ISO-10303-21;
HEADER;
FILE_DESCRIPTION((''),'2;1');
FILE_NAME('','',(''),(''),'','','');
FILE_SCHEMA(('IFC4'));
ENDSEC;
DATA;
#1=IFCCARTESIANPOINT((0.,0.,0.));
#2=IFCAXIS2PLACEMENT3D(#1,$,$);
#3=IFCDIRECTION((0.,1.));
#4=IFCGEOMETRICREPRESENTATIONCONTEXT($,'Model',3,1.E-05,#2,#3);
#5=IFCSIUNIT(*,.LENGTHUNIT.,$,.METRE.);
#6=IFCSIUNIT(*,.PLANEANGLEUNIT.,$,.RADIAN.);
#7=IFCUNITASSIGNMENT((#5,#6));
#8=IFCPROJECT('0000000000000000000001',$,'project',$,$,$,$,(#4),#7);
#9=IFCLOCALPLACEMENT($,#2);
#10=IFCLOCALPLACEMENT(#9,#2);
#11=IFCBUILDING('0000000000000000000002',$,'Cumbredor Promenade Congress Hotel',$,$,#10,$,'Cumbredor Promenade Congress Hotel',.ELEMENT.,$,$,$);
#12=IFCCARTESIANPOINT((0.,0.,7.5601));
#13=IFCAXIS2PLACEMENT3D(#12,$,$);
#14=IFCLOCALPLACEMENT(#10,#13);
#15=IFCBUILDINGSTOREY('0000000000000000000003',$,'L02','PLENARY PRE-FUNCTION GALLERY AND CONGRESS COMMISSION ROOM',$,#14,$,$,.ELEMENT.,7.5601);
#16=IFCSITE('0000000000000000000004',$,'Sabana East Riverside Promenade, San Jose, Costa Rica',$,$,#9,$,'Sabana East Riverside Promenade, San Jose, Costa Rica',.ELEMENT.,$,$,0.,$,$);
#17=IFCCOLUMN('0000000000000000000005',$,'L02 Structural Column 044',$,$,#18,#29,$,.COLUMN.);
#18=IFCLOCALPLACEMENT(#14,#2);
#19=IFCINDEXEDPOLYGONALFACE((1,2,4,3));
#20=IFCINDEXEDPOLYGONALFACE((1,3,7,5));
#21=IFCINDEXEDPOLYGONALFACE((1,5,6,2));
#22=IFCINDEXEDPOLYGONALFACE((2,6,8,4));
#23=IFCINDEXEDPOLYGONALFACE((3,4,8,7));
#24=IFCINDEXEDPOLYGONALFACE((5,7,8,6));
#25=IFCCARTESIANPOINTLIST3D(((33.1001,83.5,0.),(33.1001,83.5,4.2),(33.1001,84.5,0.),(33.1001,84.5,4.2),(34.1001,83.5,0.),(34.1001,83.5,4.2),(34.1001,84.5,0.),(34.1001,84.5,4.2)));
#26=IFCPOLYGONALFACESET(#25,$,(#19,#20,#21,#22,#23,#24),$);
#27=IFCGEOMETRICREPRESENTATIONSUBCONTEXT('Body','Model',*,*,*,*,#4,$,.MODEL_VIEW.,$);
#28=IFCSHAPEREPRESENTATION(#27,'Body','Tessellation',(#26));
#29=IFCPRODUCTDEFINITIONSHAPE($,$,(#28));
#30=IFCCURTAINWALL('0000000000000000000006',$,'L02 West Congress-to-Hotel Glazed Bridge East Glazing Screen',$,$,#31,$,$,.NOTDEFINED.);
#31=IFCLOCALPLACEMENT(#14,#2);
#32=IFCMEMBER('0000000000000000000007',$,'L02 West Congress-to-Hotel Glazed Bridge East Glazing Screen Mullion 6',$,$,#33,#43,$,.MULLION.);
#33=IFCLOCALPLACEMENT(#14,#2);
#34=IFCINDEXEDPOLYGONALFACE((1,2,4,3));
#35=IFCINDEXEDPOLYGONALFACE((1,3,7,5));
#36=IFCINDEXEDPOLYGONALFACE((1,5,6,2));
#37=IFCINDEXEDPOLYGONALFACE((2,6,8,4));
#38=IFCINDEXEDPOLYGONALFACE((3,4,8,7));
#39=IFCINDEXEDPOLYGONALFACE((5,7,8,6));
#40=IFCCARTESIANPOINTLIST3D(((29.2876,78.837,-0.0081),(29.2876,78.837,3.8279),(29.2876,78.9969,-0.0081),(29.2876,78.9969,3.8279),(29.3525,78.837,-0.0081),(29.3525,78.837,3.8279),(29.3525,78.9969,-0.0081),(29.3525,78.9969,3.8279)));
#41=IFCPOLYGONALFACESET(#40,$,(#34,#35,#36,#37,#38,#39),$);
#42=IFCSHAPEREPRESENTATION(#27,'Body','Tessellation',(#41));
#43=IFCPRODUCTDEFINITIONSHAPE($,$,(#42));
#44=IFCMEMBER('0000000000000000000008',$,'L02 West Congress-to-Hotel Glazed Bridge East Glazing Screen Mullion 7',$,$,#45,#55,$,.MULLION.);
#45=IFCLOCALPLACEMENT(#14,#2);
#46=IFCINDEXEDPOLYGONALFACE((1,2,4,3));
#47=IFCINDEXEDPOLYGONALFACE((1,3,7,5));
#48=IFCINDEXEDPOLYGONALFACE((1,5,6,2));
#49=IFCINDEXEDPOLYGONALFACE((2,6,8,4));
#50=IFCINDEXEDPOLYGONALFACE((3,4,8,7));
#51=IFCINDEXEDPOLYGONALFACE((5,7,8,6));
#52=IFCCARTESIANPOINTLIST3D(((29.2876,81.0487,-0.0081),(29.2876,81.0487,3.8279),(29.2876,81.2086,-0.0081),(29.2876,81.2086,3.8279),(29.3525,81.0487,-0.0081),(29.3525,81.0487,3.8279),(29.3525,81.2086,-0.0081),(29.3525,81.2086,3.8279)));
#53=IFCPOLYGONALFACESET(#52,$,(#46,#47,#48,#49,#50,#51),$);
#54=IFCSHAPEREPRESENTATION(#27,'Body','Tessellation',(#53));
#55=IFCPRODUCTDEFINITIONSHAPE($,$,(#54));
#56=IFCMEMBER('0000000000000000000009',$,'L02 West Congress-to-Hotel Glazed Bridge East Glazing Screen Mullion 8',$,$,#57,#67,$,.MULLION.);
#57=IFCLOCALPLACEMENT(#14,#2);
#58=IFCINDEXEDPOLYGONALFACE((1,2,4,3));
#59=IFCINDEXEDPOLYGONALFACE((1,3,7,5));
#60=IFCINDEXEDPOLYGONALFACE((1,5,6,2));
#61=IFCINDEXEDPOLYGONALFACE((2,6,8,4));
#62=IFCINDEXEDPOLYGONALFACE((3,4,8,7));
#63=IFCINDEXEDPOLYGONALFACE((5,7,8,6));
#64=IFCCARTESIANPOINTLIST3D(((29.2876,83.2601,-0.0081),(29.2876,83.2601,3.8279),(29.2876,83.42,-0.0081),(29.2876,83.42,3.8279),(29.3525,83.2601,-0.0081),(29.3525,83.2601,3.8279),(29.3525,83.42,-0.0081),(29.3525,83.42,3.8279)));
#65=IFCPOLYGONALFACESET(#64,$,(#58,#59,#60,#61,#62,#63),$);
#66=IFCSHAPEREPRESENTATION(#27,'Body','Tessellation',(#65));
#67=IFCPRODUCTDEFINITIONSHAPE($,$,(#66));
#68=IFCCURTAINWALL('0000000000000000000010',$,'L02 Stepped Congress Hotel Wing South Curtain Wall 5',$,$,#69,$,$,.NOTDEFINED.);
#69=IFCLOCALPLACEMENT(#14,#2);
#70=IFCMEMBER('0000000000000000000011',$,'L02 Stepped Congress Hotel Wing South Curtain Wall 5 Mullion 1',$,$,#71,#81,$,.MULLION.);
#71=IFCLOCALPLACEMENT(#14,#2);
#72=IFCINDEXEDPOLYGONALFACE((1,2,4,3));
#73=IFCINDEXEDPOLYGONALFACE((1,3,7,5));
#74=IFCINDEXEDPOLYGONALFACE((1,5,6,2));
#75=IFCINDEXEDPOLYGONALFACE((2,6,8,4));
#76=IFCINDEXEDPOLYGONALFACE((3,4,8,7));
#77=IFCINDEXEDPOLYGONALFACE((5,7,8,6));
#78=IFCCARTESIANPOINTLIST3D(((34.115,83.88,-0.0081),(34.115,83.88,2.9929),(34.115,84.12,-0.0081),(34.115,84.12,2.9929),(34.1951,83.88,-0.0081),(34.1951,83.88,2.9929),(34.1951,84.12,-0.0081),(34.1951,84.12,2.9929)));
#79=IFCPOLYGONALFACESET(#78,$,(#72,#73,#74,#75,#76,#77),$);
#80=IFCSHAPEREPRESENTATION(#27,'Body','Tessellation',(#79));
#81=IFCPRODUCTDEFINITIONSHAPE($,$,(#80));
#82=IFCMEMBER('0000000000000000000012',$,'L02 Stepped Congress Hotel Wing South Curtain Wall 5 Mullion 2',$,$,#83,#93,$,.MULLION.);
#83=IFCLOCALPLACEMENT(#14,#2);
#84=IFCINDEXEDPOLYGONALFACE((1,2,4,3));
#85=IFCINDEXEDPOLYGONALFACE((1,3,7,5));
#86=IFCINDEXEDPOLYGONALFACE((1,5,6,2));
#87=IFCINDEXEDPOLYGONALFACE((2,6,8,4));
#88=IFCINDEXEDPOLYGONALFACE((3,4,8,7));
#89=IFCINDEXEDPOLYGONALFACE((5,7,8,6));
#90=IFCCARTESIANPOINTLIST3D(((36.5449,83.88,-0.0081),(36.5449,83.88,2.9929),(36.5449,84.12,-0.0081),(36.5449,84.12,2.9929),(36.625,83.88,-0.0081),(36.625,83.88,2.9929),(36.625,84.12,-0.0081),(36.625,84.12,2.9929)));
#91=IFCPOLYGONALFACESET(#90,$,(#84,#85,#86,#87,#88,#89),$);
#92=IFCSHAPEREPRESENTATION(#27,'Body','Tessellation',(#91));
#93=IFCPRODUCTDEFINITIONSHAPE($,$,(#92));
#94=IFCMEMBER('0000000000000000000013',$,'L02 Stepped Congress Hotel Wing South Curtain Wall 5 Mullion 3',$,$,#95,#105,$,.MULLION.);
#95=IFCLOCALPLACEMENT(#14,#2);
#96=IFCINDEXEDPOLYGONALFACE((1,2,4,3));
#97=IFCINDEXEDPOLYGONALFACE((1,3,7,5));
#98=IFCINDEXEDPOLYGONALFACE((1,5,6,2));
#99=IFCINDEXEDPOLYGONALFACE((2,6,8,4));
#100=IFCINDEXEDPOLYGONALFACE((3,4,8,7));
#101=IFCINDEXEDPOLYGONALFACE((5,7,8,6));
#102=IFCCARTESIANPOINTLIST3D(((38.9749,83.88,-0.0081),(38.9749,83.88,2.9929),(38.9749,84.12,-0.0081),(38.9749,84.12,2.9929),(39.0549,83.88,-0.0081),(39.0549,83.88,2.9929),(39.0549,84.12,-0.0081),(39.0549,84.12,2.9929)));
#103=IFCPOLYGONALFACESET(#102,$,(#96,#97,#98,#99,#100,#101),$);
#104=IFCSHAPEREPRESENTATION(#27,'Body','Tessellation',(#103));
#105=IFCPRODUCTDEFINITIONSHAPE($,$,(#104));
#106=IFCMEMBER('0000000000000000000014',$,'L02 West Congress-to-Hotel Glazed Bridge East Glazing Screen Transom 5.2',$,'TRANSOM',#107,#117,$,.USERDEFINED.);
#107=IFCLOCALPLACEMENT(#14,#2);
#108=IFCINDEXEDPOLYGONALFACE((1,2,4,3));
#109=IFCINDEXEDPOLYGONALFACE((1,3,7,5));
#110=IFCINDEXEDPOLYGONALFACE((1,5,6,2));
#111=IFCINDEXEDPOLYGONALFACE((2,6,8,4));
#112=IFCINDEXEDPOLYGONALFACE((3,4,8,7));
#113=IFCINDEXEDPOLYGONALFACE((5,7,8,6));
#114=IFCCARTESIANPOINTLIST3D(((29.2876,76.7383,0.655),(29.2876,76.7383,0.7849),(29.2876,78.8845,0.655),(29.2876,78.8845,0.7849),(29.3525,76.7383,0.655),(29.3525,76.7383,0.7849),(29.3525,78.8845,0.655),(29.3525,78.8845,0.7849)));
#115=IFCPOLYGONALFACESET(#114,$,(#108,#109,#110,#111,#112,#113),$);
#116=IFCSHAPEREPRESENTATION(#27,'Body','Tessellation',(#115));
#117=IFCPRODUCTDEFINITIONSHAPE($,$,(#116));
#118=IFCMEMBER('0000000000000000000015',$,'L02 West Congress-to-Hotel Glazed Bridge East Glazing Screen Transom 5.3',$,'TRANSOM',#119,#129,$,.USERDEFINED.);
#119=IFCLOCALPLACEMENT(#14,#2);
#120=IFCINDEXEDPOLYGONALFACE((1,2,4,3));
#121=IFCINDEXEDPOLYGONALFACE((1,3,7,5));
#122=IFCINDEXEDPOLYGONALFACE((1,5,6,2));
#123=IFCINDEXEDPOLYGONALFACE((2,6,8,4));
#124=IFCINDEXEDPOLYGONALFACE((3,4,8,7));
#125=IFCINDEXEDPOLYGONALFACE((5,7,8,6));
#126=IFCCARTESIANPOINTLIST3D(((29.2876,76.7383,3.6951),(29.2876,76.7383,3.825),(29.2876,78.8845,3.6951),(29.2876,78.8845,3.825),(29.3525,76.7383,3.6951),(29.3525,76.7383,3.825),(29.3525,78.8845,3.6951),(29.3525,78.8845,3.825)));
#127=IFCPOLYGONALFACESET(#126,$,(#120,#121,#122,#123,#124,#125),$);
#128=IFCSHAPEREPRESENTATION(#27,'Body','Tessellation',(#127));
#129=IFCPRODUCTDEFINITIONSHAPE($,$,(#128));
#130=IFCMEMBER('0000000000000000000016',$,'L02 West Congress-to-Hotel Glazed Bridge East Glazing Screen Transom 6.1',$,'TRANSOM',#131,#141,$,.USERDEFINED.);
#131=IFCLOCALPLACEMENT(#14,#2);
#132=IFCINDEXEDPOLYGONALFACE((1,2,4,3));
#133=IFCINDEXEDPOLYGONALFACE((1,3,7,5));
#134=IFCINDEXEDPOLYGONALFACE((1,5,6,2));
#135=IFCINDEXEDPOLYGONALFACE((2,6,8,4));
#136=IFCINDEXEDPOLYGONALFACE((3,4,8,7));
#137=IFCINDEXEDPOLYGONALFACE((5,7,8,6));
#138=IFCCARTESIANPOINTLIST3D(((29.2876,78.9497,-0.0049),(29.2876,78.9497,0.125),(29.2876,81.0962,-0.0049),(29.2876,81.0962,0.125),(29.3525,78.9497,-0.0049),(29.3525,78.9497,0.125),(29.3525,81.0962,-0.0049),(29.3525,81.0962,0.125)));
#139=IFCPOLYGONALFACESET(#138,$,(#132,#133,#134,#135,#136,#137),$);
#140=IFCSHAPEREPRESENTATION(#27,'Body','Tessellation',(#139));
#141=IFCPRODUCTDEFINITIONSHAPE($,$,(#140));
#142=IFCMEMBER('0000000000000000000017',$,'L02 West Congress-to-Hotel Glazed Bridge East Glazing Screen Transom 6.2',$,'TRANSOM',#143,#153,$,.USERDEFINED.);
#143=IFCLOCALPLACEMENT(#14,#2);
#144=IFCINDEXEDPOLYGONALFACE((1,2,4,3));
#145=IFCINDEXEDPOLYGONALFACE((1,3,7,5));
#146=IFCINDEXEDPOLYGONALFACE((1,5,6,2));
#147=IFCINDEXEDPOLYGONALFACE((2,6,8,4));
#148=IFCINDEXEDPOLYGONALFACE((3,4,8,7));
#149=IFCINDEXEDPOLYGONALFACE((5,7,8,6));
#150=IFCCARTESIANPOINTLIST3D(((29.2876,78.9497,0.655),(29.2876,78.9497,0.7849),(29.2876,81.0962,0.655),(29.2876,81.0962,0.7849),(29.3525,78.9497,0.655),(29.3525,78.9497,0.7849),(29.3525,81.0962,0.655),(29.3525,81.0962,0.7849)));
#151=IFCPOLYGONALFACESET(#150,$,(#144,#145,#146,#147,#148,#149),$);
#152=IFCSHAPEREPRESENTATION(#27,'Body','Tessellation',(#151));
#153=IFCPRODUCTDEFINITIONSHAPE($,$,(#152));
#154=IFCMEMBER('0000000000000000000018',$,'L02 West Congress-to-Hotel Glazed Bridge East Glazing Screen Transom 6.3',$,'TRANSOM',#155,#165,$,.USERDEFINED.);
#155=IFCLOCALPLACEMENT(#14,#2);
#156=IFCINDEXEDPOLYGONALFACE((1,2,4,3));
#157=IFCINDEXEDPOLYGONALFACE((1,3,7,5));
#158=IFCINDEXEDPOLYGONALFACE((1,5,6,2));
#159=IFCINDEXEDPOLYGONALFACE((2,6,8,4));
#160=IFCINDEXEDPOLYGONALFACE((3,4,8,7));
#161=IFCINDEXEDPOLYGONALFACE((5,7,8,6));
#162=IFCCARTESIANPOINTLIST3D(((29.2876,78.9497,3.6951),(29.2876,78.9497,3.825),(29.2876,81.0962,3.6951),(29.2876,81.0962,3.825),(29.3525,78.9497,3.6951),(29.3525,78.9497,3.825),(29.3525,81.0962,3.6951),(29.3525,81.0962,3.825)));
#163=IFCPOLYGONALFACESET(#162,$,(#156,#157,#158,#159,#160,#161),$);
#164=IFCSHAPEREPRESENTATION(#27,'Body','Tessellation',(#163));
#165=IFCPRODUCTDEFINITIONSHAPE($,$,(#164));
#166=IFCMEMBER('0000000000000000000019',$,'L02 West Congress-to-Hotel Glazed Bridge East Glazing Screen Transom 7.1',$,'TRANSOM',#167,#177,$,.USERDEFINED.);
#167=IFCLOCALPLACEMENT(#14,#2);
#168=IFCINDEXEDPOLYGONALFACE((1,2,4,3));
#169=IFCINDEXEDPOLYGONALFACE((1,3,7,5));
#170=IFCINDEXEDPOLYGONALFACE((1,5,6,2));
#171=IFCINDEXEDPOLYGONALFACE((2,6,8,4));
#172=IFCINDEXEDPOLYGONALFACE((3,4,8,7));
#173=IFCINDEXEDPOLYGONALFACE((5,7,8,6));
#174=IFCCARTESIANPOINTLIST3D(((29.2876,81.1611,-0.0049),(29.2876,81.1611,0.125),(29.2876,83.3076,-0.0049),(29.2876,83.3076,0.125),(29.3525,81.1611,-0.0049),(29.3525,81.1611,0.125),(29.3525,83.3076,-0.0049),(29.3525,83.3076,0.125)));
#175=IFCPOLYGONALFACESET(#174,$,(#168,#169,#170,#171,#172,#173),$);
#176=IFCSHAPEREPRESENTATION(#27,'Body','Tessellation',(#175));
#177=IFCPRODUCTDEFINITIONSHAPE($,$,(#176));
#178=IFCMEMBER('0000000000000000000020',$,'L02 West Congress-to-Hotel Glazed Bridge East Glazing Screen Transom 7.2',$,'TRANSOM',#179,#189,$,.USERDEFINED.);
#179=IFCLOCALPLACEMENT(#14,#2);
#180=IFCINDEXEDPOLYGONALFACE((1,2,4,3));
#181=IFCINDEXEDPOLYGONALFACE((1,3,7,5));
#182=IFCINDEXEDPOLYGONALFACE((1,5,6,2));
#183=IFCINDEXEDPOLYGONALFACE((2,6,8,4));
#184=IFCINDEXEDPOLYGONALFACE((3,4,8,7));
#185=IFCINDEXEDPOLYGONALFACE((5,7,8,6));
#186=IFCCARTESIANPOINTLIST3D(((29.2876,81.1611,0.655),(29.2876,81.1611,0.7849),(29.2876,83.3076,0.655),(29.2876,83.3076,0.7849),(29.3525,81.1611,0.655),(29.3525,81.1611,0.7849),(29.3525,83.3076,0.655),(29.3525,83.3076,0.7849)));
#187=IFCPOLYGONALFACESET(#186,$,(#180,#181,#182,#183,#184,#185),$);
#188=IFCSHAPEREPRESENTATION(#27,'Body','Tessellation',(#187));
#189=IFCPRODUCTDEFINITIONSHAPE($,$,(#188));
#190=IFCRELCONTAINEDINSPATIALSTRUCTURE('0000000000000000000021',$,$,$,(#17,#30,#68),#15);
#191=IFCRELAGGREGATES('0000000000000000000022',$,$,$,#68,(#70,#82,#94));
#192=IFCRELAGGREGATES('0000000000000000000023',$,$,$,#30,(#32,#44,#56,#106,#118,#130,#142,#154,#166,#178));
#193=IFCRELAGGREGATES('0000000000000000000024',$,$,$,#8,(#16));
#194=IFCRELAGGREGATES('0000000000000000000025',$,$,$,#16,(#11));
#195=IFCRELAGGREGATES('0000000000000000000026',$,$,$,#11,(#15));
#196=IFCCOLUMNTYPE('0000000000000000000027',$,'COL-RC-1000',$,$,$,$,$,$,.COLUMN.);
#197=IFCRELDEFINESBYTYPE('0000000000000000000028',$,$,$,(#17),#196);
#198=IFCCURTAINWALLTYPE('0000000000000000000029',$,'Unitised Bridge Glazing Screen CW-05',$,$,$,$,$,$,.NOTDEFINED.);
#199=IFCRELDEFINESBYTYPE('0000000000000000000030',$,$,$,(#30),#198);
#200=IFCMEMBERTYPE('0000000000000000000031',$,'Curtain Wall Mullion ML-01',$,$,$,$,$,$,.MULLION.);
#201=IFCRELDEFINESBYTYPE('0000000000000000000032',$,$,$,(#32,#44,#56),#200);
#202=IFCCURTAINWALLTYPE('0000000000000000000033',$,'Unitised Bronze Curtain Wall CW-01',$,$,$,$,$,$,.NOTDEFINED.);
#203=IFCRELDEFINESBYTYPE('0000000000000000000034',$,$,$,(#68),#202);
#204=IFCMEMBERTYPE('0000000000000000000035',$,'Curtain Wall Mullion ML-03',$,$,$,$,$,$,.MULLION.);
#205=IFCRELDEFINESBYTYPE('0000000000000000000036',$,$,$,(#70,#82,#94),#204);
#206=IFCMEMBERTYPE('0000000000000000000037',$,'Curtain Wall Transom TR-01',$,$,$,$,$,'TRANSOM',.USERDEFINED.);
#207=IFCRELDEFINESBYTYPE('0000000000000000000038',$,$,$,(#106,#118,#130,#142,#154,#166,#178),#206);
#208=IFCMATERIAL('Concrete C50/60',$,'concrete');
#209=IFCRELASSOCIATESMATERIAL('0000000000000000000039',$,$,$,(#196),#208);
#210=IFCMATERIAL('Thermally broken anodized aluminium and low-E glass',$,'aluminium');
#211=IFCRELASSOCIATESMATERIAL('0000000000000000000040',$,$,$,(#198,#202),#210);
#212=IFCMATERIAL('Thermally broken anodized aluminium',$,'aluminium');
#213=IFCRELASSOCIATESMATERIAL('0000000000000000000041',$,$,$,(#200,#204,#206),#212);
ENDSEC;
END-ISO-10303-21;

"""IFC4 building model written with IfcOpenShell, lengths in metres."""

from ifc_helpers import new_model, si_unit, direction, frame, origin, origin_2d, place, context, subcontext, project, spatial, rectangle, extrude, material, material_profile, profile_set, type_object, element, aggregate, save


model = new_model("IFC4")

# Units and contexts
model_context = context("Model", 3, precision=1e-05, world=origin(), true_north=direction((0.0, 1.0)))
body_context = subcontext(model_context, "Body", "Model", "MODEL_VIEW")
ifc_project = project(units=[si_unit("LENGTHUNIT", "METRE"), si_unit("PLANEANGLEUNIT", "RADIAN")], contexts=[model_context])

# Site, building, storey
site_placement = place(None, origin())
site = spatial("IfcSite", under=ifc_project, at=site_placement, Name="Sabana East Riverside Promenade, San Jose, Costa Rica", LongName="Sabana East Riverside Promenade, San Jose, Costa Rica", CompositionType="ELEMENT", RefElevation=0.0)
building_placement = place(site_placement, origin())
building = spatial("IfcBuilding", under=site, at=building_placement, Name="Cumbredor Promenade Congress Hotel", LongName="Cumbredor Promenade Congress Hotel", CompositionType="ELEMENT")
storey_placement = place(building_placement, frame((0.0, 0.0, 7.5601)))
storey = spatial("IfcBuildingStorey", under=building, at=storey_placement, Name="L02", Description="PLENARY PRE-FUNCTION GALLERY AND CONGRESS COMMISSION ROOM", CompositionType="ELEMENT", Elevation=7.5601)

# Column
ifc_material_1 = material(Name="Concrete C50/60", Category="concrete")
ifc_material_profile_1 = material_profile(ifc_material_1, rectangle(XDim=1.0, YDim=1.0, at=origin_2d()), Name="RC 1000x1000")
ifc_profile_set_1 = profile_set([ifc_material_profile_1], Name="Concrete C50/60")
column_type = type_object("IfcColumnType", Name="COL-RC-1000", PredefinedType="COLUMN", material=ifc_profile_set_1)
column_placement = place(storey_placement, frame((33.6001, 84.0, 0.0), z_axis=(0.0, 0.0, 1.0), x_axis=(1.0, 0.0, 0.0)))
element("IfcColumn", 1, at=column_placement, inside=storey, type_object=column_type, Name="L02 Structural Column 044", PredefinedType="COLUMN", context=body_context, shape_type="SweptSolid", body=[
    extrude(rectangle(XDim=1.0, YDim=1.0, at=origin_2d()), origin(), (0.0, 0.0, 1.0), 4.2),
])

# Curtain walls, members
ifc_material_2 = material(Name="Thermally broken anodized aluminium and low-E glass", Category="aluminium")
curtain_wall_type_1 = type_object("IfcCurtainWallType", Name="Unitised Bridge Glazing Screen CW-05", PredefinedType="NOTDEFINED", material=ifc_material_2)
curtain_wall_1_placement = place(storey_placement, origin())
curtain_wall_1 = element("IfcCurtainWall", 2, at=curtain_wall_1_placement, inside=storey, type_object=curtain_wall_type_1, Name="L02 West Congress-to-Hotel Glazed Bridge East Glazing Screen", PredefinedType="NOTDEFINED")
ifc_material_3 = material(Name="Thermally broken anodized aluminium", Category="aluminium")
ifc_material_profile_2 = material_profile(ifc_material_3, rectangle(XDim=0.0649, YDim=0.1599, at=origin_2d()), Name="ALU MULLION 65x160")
ifc_profile_set_2 = profile_set([ifc_material_profile_2], Name="Thermally broken anodized aluminium")
member_type_1 = type_object("IfcMemberType", Name="Curtain Wall Mullion ML-01", PredefinedType="MULLION", material=ifc_profile_set_2)
member_1_placement = place(storey_placement, frame((29.3201, 78.917, -0.0081), z_axis=(0.0, 0.0, 1.0), x_axis=(1.0, 0.0, 0.0)))
member_1 = element("IfcMember", 3, at=member_1_placement, type_object=member_type_1, Name="L02 West Congress-to-Hotel Glazed Bridge East Glazing Screen Mullion 6", PredefinedType="MULLION", context=body_context, shape_type="SweptSolid", body=[
    extrude(rectangle(XDim=0.0649, YDim=0.1599, at=origin_2d()), origin(), (0.0, 0.0, 1.0), 3.8359),
])
member_2_placement = place(storey_placement, frame((29.3201, 81.1287, -0.0081), z_axis=(0.0, 0.0, 1.0), x_axis=(1.0, 0.0, 0.0)))
member_2 = element("IfcMember", 4, at=member_2_placement, type_object=member_type_1, Name="L02 West Congress-to-Hotel Glazed Bridge East Glazing Screen Mullion 7", PredefinedType="MULLION", context=body_context, shape_type="SweptSolid", body=[
    extrude(rectangle(XDim=0.0649, YDim=0.1599, at=origin_2d()), origin(), (0.0, 0.0, 1.0), 3.8359),
])
member_3_placement = place(storey_placement, frame((29.3201, 83.3401, -0.0081), z_axis=(0.0, 0.0, 1.0), x_axis=(1.0, 0.0, 0.0)))
member_3 = element("IfcMember", 5, at=member_3_placement, type_object=member_type_1, Name="L02 West Congress-to-Hotel Glazed Bridge East Glazing Screen Mullion 8", PredefinedType="MULLION", context=body_context, shape_type="SweptSolid", body=[
    extrude(rectangle(XDim=0.0649, YDim=0.1599, at=origin_2d()), origin(), (0.0, 0.0, 1.0), 3.8359),
])
curtain_wall_type_2 = type_object("IfcCurtainWallType", Name="Unitised Bronze Curtain Wall CW-01", PredefinedType="NOTDEFINED", material=ifc_material_2)
curtain_wall_2_placement = place(storey_placement, origin())
curtain_wall_2 = element("IfcCurtainWall", 6, at=curtain_wall_2_placement, inside=storey, type_object=curtain_wall_type_2, Name="L02 Stepped Congress Hotel Wing South Curtain Wall 5", PredefinedType="NOTDEFINED")
ifc_material_profile_3 = material_profile(ifc_material_3, rectangle(XDim=0.0801, YDim=0.24, at=origin_2d()), Name="ALU MULLION 80x240")
ifc_profile_set_3 = profile_set([ifc_material_profile_3], Name="Thermally broken anodized aluminium")
member_type_2 = type_object("IfcMemberType", Name="Curtain Wall Mullion ML-03", PredefinedType="MULLION", material=ifc_profile_set_3)
member_4_placement = place(storey_placement, frame((34.155, 84.0, -0.0081), z_axis=(0.0, 0.0, 1.0), x_axis=(1.0, 0.0, 0.0)))
member_4 = element("IfcMember", 7, at=member_4_placement, type_object=member_type_2, Name="L02 Stepped Congress Hotel Wing South Curtain Wall 5 Mullion 1", PredefinedType="MULLION", context=body_context, shape_type="SweptSolid", body=[
    extrude(rectangle(XDim=0.0801, YDim=0.24, at=origin_2d()), origin(), (0.0, 0.0, 1.0), 3.001),
])
member_5_placement = place(storey_placement, frame((36.585, 84.0, -0.0081), z_axis=(0.0, 0.0, 1.0), x_axis=(1.0, 0.0, 0.0)))
member_5 = element("IfcMember", 8, at=member_5_placement, type_object=member_type_2, Name="L02 Stepped Congress Hotel Wing South Curtain Wall 5 Mullion 2", PredefinedType="MULLION", context=body_context, shape_type="SweptSolid", body=[
    extrude(rectangle(XDim=0.0801, YDim=0.24, at=origin_2d()), origin(), (0.0, 0.0, 1.0), 3.001),
])
member_6_placement = place(storey_placement, frame((39.0149, 84.0, -0.0081), z_axis=(0.0, 0.0, 1.0), x_axis=(1.0, 0.0, 0.0)))
member_6 = element("IfcMember", 9, at=member_6_placement, type_object=member_type_2, Name="L02 Stepped Congress Hotel Wing South Curtain Wall 5 Mullion 3", PredefinedType="MULLION", context=body_context, shape_type="SweptSolid", body=[
    extrude(rectangle(XDim=0.0801, YDim=0.24, at=origin_2d()), origin(), (0.0, 0.0, 1.0), 3.001),
])

# Members
ifc_material_profile_4 = material_profile(ifc_material_3, rectangle(XDim=0.0649, YDim=0.1299, at=origin_2d()), Name="ALU TRANSOM 65x130")
ifc_profile_set_4 = profile_set([ifc_material_profile_4], Name="Thermally broken anodized aluminium")
member_type_3 = type_object("IfcMemberType", Name="Curtain Wall Transom TR-01", ElementType="TRANSOM", PredefinedType="USERDEFINED", material=ifc_profile_set_4)
member_7_placement = place(storey_placement, frame((29.3201, 76.7383, 0.72), z_axis=(0.0, 1.0, 0.0), x_axis=(-1.0, 0.0, 0.0)))
member_7 = element("IfcMember", 10, at=member_7_placement, type_object=member_type_3, Name="L02 West Congress-to-Hotel Glazed Bridge East Glazing Screen Transom 5.2", ObjectType="TRANSOM", PredefinedType="USERDEFINED", context=body_context, shape_type="SweptSolid", body=[
    extrude(rectangle(XDim=0.0649, YDim=0.1299, at=origin_2d()), origin(), (0.0, 0.0, 1.0), 2.1462),
])
member_8_placement = place(storey_placement, frame((29.3201, 76.7383, 3.76), z_axis=(0.0, 1.0, 0.0), x_axis=(-1.0, 0.0, 0.0)))
member_8 = element("IfcMember", 11, at=member_8_placement, type_object=member_type_3, Name="L02 West Congress-to-Hotel Glazed Bridge East Glazing Screen Transom 5.3", ObjectType="TRANSOM", PredefinedType="USERDEFINED", context=body_context, shape_type="SweptSolid", body=[
    extrude(rectangle(XDim=0.0649, YDim=0.1299, at=origin_2d()), origin(), (0.0, 0.0, 1.0), 2.1462),
])
member_9_placement = place(storey_placement, frame((29.3201, 78.9497, 0.0601), z_axis=(0.0, 1.0, 0.0), x_axis=(-1.0, 0.0, 0.0)))
member_9 = element("IfcMember", 12, at=member_9_placement, type_object=member_type_3, Name="L02 West Congress-to-Hotel Glazed Bridge East Glazing Screen Transom 6.1", ObjectType="TRANSOM", PredefinedType="USERDEFINED", context=body_context, shape_type="SweptSolid", body=[
    extrude(rectangle(XDim=0.0649, YDim=0.1299, at=origin_2d()), origin(), (0.0, 0.0, 1.0), 2.1465),
])
member_10_placement = place(storey_placement, frame((29.3201, 78.9497, 0.72), z_axis=(0.0, 1.0, 0.0), x_axis=(-1.0, 0.0, 0.0)))
member_10 = element("IfcMember", 13, at=member_10_placement, type_object=member_type_3, Name="L02 West Congress-to-Hotel Glazed Bridge East Glazing Screen Transom 6.2", ObjectType="TRANSOM", PredefinedType="USERDEFINED", context=body_context, shape_type="SweptSolid", body=[
    extrude(rectangle(XDim=0.0649, YDim=0.1299, at=origin_2d()), origin(), (0.0, 0.0, 1.0), 2.1465),
])
member_11_placement = place(storey_placement, frame((29.3201, 78.9497, 3.76), z_axis=(0.0, 1.0, 0.0), x_axis=(-1.0, 0.0, 0.0)))
member_11 = element("IfcMember", 14, at=member_11_placement, type_object=member_type_3, Name="L02 West Congress-to-Hotel Glazed Bridge East Glazing Screen Transom 6.3", ObjectType="TRANSOM", PredefinedType="USERDEFINED", context=body_context, shape_type="SweptSolid", body=[
    extrude(rectangle(XDim=0.0649, YDim=0.1299, at=origin_2d()), origin(), (0.0, 0.0, 1.0), 2.1465),
])
member_12_placement = place(storey_placement, frame((29.3201, 81.1611, 0.0601), z_axis=(0.0, 1.0, 0.0), x_axis=(-1.0, 0.0, 0.0)))
member_12 = element("IfcMember", 15, at=member_12_placement, type_object=member_type_3, Name="L02 West Congress-to-Hotel Glazed Bridge East Glazing Screen Transom 7.1", ObjectType="TRANSOM", PredefinedType="USERDEFINED", context=body_context, shape_type="SweptSolid", body=[
    extrude(rectangle(XDim=0.0649, YDim=0.1299, at=origin_2d()), origin(), (0.0, 0.0, 1.0), 2.1465),
])
member_13_placement = place(storey_placement, frame((29.3201, 81.1611, 0.72), z_axis=(0.0, 1.0, 0.0), x_axis=(-1.0, 0.0, 0.0)))
member_13 = element("IfcMember", 16, at=member_13_placement, type_object=member_type_3, Name="L02 West Congress-to-Hotel Glazed Bridge East Glazing Screen Transom 7.2", ObjectType="TRANSOM", PredefinedType="USERDEFINED", context=body_context, shape_type="SweptSolid", body=[
    extrude(rectangle(XDim=0.0649, YDim=0.1299, at=origin_2d()), origin(), (0.0, 0.0, 1.0), 2.1465),
])

aggregate(curtain_wall_2, [member_4, member_5, member_6])
aggregate(curtain_wall_1, [member_1, member_2, member_3, member_7, member_8, member_9, member_10, member_11, member_12, member_13])

save(model, "model.ifc")
